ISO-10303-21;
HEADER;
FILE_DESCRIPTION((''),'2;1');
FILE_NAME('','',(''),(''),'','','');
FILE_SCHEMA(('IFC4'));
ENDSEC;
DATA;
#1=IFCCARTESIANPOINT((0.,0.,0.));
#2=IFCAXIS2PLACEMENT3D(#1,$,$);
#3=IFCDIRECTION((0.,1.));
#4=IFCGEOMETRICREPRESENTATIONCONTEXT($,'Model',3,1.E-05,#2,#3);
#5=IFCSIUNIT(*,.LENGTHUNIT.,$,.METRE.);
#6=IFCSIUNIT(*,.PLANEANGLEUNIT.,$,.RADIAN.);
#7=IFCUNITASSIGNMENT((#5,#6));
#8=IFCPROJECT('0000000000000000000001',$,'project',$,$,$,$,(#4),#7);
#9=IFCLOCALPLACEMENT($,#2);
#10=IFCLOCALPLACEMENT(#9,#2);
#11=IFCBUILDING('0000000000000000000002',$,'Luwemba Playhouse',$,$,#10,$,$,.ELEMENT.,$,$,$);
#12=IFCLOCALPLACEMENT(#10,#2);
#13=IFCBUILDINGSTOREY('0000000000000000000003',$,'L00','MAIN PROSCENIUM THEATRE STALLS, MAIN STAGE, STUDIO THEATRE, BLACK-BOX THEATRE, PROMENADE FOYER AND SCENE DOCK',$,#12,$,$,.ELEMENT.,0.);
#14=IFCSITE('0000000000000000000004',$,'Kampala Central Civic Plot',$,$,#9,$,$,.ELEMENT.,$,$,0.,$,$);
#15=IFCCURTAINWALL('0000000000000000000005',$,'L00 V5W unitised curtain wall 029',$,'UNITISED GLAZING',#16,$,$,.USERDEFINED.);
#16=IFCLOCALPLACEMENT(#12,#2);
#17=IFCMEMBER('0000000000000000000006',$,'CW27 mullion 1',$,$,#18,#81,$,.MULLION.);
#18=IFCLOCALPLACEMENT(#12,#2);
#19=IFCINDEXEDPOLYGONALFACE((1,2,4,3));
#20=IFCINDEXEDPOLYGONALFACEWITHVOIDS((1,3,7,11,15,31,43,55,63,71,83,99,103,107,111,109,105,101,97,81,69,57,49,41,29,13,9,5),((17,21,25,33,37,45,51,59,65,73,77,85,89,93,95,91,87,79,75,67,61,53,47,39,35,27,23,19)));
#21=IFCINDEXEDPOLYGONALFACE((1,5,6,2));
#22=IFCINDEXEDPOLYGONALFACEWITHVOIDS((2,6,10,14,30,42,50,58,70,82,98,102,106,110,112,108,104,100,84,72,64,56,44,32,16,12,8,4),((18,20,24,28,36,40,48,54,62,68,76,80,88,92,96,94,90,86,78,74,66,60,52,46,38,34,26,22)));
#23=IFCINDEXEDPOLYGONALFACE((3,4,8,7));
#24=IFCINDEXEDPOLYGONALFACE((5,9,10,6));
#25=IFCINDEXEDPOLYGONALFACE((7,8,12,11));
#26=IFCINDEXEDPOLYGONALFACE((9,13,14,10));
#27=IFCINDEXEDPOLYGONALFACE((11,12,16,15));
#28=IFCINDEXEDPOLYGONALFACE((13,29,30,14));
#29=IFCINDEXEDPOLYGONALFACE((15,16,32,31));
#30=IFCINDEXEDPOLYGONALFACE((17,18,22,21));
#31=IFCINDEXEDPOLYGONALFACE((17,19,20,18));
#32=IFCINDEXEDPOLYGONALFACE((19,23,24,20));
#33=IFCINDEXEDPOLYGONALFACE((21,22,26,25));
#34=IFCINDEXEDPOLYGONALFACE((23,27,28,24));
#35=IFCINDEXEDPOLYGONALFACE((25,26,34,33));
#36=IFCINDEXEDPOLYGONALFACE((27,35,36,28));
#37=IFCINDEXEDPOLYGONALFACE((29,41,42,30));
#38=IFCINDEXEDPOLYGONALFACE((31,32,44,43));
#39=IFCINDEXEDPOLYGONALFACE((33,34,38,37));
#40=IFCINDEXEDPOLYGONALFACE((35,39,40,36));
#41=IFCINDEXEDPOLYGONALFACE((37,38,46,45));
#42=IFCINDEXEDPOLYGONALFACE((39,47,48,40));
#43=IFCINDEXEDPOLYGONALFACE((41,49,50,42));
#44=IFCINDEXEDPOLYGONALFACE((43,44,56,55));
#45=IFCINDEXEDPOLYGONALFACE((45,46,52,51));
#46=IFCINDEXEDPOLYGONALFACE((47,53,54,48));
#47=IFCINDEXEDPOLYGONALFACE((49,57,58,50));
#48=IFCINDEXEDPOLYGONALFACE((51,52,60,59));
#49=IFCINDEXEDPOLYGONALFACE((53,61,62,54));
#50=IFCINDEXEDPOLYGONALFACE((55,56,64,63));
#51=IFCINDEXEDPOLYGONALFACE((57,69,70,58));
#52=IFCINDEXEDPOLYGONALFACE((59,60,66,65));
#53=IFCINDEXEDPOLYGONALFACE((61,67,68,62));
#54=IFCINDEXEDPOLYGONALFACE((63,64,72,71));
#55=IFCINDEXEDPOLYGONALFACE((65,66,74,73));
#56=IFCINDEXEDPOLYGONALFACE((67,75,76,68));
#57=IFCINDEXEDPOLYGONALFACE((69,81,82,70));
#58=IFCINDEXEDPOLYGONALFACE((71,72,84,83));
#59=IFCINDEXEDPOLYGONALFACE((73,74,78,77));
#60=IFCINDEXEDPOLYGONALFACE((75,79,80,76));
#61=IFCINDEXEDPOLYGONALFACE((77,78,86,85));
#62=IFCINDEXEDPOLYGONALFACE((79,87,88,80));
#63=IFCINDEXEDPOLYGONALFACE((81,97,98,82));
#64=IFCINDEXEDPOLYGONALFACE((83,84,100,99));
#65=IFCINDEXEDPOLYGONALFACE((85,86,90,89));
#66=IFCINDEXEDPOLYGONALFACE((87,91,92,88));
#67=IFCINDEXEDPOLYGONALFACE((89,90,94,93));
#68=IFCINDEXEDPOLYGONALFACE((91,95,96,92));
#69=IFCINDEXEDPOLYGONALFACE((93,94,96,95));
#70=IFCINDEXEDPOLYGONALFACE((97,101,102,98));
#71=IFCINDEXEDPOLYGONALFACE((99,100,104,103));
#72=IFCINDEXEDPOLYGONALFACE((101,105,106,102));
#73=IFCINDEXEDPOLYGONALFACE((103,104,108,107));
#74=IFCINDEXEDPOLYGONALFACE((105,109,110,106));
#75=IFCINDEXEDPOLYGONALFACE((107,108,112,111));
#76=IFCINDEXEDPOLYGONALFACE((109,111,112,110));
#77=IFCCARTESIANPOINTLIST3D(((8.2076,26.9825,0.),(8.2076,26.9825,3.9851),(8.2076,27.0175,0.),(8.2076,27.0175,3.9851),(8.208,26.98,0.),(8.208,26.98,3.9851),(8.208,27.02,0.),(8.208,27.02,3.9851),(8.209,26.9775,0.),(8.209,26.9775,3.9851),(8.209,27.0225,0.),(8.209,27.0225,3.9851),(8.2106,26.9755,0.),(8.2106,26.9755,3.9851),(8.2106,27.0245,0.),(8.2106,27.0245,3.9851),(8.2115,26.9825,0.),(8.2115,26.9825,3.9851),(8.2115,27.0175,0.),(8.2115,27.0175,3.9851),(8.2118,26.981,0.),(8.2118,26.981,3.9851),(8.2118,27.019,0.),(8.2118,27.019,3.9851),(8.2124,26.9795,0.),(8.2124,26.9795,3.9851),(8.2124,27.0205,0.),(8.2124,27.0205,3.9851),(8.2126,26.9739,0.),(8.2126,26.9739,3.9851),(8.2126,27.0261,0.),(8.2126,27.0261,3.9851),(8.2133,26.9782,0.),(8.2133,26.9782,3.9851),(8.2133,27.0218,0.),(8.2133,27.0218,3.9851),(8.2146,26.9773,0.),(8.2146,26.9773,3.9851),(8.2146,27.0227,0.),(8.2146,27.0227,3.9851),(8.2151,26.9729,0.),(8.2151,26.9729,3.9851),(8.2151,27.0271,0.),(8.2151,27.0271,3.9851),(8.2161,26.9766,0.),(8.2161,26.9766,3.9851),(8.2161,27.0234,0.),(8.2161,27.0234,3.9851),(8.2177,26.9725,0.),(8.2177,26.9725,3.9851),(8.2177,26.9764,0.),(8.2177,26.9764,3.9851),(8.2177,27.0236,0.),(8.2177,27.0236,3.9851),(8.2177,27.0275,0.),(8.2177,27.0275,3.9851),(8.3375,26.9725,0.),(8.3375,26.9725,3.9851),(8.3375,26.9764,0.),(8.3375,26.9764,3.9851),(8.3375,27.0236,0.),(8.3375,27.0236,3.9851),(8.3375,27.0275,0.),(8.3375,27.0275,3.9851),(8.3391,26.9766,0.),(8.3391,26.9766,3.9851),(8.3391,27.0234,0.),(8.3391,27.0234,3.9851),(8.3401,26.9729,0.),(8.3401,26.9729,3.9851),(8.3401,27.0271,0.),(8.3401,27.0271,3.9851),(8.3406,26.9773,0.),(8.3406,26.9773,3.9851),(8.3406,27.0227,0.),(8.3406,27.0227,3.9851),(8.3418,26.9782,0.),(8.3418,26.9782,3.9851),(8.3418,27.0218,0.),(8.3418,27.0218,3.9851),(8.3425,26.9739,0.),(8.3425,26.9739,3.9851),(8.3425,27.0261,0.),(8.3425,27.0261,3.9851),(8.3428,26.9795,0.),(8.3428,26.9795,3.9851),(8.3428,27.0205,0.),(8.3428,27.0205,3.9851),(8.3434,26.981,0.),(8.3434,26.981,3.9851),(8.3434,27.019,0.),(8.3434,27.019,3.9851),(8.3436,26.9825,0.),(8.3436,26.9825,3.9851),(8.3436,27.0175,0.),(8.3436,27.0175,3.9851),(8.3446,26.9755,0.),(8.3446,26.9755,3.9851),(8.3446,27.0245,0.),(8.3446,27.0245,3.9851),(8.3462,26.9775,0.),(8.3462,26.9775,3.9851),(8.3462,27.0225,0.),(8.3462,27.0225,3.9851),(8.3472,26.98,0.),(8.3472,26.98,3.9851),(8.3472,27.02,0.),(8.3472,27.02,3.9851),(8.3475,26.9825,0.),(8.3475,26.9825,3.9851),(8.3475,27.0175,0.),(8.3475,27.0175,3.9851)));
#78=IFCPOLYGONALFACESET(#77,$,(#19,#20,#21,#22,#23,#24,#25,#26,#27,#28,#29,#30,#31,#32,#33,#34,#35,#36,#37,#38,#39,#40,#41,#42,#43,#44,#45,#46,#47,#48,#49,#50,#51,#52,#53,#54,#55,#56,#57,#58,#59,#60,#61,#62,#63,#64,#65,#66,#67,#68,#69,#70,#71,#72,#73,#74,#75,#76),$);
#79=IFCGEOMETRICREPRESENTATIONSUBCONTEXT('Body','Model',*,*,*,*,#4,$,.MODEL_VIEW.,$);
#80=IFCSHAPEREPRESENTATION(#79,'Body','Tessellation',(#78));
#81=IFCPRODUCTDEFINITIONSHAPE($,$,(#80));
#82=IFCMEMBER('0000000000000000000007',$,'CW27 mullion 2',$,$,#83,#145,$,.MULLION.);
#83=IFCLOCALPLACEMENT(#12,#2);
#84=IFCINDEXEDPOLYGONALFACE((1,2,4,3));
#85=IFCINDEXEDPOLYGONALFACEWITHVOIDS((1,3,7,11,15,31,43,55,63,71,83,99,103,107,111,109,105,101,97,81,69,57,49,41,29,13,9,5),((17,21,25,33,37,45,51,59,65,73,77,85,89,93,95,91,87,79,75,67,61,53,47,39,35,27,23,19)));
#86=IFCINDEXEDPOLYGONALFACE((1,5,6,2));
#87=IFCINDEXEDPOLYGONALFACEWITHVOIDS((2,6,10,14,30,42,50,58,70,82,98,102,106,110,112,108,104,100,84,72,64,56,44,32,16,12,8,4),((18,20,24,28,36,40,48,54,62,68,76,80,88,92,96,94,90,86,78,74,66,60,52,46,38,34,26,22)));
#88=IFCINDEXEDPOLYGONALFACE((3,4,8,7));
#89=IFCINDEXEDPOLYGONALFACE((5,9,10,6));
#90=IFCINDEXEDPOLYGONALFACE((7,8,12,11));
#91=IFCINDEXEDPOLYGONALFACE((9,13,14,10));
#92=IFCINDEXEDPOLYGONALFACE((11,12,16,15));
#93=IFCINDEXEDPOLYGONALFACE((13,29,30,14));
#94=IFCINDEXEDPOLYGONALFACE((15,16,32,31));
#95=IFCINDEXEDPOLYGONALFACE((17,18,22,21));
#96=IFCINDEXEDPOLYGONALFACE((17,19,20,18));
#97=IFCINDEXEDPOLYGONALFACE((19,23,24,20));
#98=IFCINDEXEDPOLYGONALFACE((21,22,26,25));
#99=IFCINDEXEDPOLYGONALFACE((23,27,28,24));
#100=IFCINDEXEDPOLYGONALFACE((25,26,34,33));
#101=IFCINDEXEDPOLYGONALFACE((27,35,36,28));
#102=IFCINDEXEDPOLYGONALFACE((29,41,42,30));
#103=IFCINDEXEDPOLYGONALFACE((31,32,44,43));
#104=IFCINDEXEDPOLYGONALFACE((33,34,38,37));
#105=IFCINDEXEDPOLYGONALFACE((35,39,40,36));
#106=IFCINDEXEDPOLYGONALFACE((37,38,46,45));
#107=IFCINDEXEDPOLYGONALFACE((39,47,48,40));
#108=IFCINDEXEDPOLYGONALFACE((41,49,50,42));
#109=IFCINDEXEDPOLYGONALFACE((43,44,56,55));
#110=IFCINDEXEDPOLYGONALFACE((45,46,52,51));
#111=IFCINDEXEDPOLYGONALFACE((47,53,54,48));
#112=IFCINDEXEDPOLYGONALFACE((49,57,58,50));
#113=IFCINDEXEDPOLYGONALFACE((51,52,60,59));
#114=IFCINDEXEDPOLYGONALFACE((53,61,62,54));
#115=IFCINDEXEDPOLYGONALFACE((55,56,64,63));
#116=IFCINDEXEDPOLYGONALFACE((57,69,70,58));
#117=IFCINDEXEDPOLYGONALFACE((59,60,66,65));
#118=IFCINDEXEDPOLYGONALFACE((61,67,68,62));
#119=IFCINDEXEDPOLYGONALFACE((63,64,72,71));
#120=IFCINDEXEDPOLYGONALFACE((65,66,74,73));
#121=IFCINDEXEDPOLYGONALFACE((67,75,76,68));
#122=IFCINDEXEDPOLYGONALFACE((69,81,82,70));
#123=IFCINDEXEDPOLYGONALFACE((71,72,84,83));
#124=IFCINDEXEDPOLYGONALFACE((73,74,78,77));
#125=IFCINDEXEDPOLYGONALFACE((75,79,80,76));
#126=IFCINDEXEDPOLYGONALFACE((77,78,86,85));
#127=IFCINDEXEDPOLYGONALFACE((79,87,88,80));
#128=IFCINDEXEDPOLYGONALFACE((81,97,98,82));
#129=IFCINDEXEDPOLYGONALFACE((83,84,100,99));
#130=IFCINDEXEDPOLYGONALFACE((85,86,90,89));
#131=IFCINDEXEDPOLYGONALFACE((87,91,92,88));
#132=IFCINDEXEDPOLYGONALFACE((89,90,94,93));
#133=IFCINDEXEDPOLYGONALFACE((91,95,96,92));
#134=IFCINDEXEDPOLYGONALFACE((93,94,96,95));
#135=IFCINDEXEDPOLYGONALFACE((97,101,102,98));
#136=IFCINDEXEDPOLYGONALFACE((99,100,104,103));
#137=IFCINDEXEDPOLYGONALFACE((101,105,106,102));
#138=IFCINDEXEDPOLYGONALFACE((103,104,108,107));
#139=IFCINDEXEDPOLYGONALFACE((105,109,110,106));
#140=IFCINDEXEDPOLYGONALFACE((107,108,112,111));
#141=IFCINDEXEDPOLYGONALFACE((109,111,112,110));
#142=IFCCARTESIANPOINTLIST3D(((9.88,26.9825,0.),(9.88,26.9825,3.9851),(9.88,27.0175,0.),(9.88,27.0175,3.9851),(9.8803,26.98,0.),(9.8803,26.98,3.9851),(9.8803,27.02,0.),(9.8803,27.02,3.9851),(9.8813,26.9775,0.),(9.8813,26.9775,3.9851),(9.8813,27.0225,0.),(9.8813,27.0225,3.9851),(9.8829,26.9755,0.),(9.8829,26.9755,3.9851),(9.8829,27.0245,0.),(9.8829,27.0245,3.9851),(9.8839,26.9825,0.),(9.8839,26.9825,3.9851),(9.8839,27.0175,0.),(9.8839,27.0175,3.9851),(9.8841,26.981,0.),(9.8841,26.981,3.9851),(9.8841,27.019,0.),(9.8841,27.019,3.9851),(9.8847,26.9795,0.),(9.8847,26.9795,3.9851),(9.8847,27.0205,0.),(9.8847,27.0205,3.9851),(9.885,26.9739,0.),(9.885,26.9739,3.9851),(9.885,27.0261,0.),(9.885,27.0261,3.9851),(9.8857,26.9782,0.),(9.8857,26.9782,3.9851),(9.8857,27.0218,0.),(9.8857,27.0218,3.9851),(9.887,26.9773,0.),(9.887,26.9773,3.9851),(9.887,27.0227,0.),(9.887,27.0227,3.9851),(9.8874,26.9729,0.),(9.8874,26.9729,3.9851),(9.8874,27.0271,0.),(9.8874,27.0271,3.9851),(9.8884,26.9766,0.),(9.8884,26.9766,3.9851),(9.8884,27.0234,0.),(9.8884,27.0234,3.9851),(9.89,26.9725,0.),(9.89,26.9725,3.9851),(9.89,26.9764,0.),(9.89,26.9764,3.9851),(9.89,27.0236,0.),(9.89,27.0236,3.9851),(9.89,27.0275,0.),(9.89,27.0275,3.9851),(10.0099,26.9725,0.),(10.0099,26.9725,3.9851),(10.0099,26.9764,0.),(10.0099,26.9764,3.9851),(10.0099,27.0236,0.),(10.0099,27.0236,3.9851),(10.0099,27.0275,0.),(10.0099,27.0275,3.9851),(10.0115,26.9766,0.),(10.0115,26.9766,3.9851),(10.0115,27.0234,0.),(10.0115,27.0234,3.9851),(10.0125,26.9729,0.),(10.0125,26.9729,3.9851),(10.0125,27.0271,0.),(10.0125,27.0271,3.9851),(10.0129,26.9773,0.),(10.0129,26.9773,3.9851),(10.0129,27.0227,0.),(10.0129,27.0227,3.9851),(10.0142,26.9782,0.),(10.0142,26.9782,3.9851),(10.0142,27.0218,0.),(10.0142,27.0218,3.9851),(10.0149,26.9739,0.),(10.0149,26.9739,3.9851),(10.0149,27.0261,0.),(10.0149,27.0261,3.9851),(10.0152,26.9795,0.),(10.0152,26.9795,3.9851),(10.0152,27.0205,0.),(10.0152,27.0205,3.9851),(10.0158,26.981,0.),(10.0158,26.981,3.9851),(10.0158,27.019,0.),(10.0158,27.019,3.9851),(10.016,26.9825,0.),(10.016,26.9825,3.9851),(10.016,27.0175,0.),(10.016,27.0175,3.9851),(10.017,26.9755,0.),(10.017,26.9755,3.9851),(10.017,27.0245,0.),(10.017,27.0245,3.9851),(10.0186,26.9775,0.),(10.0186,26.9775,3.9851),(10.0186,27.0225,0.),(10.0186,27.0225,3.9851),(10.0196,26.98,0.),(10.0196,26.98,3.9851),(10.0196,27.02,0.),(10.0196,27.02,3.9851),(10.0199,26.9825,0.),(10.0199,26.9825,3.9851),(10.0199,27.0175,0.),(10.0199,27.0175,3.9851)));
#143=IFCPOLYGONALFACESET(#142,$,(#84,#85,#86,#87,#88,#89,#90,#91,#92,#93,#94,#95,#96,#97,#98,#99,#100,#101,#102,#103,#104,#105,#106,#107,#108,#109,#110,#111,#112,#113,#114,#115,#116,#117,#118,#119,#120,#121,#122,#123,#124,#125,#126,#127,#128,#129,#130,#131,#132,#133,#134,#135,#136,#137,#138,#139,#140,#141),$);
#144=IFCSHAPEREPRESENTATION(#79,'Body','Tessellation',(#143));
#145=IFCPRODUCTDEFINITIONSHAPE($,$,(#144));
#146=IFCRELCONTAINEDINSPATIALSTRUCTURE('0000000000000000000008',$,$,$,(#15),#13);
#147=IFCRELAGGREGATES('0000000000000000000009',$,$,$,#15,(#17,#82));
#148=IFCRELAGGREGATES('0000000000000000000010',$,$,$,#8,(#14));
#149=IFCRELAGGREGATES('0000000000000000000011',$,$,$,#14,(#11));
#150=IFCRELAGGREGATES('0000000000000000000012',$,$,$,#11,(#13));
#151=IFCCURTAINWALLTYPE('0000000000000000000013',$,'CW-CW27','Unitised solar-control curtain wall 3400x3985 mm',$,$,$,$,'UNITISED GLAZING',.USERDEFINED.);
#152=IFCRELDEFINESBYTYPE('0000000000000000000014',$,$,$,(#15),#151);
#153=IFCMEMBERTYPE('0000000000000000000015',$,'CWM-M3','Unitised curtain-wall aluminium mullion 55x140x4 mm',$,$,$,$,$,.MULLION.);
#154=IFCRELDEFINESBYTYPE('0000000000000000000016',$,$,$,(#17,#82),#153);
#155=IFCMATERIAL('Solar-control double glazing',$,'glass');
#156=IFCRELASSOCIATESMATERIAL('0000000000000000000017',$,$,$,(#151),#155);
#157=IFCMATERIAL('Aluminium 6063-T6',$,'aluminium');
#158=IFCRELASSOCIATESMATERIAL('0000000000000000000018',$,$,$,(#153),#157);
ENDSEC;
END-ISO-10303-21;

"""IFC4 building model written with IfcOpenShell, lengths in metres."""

from ifc_helpers import new_model, si_unit, direction, frame, origin, origin_2d, place, context, subcontext, project, spatial, hollow_rectangle, extrude, material, material_profile, profile_set, type_object, element, aggregate, save


model = new_model("IFC4")

# Units and contexts
model_context = context("Model", 3, precision=1e-05, world=origin(), true_north=direction((0.0, 1.0)))
body_context = subcontext(model_context, "Body", "Model", "MODEL_VIEW")
ifc_project = project(units=[si_unit("LENGTHUNIT", "METRE"), si_unit("PLANEANGLEUNIT", "RADIAN")], contexts=[model_context])

# Site, building, storey
site_placement = place(None, origin())
site = spatial("IfcSite", under=ifc_project, at=site_placement, Name="Kampala Central Civic Plot", CompositionType="ELEMENT", RefElevation=0.0)
building_placement = place(site_placement, origin())
building = spatial("IfcBuilding", under=site, at=building_placement, Name="Luwemba Playhouse", CompositionType="ELEMENT")
storey_placement = place(building_placement, origin())
storey = spatial("IfcBuildingStorey", under=building, at=storey_placement, Name="L00", Description="MAIN PROSCENIUM THEATRE STALLS, MAIN STAGE, STUDIO THEATRE, BLACK-BOX THEATRE, PROMENADE FOYER AND SCENE DOCK", CompositionType="ELEMENT", Elevation=0.0)

# Curtain wall, members
ifc_material_1 = material(Name="Solar-control double glazing", Category="glass")
ifc_material_2 = material(Name="Aluminium 6063-T6", Category="aluminium")
curtain_wall_type_1 = type_object("IfcCurtainWallType", Name="CW-CW27", Description="Unitised solar-control curtain wall 3400x3985 mm", ElementType="UNITISED GLAZING", PredefinedType="USERDEFINED", material=ifc_material_1)
curtain_wall_1_placement = place(storey_placement, origin())
curtain_wall_1 = element("IfcCurtainWall", 1, at=curtain_wall_1_placement, inside=storey, type_object=curtain_wall_type_1, Name="L00 V5W unitised curtain wall 029", ObjectType="UNITISED GLAZING", PredefinedType="USERDEFINED")
ifc_material_profile_1 = material_profile(ifc_material_2, hollow_rectangle(XDim=0.0549, YDim=0.1399, WallThickness=0.0039, InnerFilletRadius=0.0061, OuterFilletRadius=0.01, at=origin_2d()))
ifc_profile_set_1 = profile_set([ifc_material_profile_1], Name="Aluminium 6063-T6")
member_type_1 = type_object("IfcMemberType", Name="CWM-M3", Description="Unitised curtain-wall aluminium mullion 55x140x4 mm", PredefinedType="MULLION", material=ifc_profile_set_1)
member_1_placement = place(storey_placement, frame((8.2776, 27.0, 0.0), z_axis=(0.0, 0.0, 1.0), x_axis=(0.0, 1.0, 0.0)))
member_1 = element("IfcMember", 2, at=member_1_placement, type_object=member_type_1, Name="CW27 mullion 1", PredefinedType="MULLION", context=body_context, shape_type="SweptSolid", body=[
    extrude(hollow_rectangle(XDim=0.0549, YDim=0.1399, WallThickness=0.0039, InnerFilletRadius=0.0061, OuterFilletRadius=0.01, at=origin_2d()), origin(), (0.0, 0.0, 1.0), 3.9851),
])
member_2_placement = place(storey_placement, frame((9.95, 27.0, 0.0), z_axis=(0.0, 0.0, 1.0), x_axis=(0.0, 1.0, 0.0)))
member_2 = element("IfcMember", 3, at=member_2_placement, type_object=member_type_1, Name="CW27 mullion 2", PredefinedType="MULLION", context=body_context, shape_type="SweptSolid", body=[
    extrude(hollow_rectangle(XDim=0.0549, YDim=0.1399, WallThickness=0.0039, InnerFilletRadius=0.0061, OuterFilletRadius=0.01, at=origin_2d()), origin(), (0.0, 0.0, 1.0), 3.9851),
])

aggregate(curtain_wall_1, [member_1, member_2])

save(model, "model.ifc")
